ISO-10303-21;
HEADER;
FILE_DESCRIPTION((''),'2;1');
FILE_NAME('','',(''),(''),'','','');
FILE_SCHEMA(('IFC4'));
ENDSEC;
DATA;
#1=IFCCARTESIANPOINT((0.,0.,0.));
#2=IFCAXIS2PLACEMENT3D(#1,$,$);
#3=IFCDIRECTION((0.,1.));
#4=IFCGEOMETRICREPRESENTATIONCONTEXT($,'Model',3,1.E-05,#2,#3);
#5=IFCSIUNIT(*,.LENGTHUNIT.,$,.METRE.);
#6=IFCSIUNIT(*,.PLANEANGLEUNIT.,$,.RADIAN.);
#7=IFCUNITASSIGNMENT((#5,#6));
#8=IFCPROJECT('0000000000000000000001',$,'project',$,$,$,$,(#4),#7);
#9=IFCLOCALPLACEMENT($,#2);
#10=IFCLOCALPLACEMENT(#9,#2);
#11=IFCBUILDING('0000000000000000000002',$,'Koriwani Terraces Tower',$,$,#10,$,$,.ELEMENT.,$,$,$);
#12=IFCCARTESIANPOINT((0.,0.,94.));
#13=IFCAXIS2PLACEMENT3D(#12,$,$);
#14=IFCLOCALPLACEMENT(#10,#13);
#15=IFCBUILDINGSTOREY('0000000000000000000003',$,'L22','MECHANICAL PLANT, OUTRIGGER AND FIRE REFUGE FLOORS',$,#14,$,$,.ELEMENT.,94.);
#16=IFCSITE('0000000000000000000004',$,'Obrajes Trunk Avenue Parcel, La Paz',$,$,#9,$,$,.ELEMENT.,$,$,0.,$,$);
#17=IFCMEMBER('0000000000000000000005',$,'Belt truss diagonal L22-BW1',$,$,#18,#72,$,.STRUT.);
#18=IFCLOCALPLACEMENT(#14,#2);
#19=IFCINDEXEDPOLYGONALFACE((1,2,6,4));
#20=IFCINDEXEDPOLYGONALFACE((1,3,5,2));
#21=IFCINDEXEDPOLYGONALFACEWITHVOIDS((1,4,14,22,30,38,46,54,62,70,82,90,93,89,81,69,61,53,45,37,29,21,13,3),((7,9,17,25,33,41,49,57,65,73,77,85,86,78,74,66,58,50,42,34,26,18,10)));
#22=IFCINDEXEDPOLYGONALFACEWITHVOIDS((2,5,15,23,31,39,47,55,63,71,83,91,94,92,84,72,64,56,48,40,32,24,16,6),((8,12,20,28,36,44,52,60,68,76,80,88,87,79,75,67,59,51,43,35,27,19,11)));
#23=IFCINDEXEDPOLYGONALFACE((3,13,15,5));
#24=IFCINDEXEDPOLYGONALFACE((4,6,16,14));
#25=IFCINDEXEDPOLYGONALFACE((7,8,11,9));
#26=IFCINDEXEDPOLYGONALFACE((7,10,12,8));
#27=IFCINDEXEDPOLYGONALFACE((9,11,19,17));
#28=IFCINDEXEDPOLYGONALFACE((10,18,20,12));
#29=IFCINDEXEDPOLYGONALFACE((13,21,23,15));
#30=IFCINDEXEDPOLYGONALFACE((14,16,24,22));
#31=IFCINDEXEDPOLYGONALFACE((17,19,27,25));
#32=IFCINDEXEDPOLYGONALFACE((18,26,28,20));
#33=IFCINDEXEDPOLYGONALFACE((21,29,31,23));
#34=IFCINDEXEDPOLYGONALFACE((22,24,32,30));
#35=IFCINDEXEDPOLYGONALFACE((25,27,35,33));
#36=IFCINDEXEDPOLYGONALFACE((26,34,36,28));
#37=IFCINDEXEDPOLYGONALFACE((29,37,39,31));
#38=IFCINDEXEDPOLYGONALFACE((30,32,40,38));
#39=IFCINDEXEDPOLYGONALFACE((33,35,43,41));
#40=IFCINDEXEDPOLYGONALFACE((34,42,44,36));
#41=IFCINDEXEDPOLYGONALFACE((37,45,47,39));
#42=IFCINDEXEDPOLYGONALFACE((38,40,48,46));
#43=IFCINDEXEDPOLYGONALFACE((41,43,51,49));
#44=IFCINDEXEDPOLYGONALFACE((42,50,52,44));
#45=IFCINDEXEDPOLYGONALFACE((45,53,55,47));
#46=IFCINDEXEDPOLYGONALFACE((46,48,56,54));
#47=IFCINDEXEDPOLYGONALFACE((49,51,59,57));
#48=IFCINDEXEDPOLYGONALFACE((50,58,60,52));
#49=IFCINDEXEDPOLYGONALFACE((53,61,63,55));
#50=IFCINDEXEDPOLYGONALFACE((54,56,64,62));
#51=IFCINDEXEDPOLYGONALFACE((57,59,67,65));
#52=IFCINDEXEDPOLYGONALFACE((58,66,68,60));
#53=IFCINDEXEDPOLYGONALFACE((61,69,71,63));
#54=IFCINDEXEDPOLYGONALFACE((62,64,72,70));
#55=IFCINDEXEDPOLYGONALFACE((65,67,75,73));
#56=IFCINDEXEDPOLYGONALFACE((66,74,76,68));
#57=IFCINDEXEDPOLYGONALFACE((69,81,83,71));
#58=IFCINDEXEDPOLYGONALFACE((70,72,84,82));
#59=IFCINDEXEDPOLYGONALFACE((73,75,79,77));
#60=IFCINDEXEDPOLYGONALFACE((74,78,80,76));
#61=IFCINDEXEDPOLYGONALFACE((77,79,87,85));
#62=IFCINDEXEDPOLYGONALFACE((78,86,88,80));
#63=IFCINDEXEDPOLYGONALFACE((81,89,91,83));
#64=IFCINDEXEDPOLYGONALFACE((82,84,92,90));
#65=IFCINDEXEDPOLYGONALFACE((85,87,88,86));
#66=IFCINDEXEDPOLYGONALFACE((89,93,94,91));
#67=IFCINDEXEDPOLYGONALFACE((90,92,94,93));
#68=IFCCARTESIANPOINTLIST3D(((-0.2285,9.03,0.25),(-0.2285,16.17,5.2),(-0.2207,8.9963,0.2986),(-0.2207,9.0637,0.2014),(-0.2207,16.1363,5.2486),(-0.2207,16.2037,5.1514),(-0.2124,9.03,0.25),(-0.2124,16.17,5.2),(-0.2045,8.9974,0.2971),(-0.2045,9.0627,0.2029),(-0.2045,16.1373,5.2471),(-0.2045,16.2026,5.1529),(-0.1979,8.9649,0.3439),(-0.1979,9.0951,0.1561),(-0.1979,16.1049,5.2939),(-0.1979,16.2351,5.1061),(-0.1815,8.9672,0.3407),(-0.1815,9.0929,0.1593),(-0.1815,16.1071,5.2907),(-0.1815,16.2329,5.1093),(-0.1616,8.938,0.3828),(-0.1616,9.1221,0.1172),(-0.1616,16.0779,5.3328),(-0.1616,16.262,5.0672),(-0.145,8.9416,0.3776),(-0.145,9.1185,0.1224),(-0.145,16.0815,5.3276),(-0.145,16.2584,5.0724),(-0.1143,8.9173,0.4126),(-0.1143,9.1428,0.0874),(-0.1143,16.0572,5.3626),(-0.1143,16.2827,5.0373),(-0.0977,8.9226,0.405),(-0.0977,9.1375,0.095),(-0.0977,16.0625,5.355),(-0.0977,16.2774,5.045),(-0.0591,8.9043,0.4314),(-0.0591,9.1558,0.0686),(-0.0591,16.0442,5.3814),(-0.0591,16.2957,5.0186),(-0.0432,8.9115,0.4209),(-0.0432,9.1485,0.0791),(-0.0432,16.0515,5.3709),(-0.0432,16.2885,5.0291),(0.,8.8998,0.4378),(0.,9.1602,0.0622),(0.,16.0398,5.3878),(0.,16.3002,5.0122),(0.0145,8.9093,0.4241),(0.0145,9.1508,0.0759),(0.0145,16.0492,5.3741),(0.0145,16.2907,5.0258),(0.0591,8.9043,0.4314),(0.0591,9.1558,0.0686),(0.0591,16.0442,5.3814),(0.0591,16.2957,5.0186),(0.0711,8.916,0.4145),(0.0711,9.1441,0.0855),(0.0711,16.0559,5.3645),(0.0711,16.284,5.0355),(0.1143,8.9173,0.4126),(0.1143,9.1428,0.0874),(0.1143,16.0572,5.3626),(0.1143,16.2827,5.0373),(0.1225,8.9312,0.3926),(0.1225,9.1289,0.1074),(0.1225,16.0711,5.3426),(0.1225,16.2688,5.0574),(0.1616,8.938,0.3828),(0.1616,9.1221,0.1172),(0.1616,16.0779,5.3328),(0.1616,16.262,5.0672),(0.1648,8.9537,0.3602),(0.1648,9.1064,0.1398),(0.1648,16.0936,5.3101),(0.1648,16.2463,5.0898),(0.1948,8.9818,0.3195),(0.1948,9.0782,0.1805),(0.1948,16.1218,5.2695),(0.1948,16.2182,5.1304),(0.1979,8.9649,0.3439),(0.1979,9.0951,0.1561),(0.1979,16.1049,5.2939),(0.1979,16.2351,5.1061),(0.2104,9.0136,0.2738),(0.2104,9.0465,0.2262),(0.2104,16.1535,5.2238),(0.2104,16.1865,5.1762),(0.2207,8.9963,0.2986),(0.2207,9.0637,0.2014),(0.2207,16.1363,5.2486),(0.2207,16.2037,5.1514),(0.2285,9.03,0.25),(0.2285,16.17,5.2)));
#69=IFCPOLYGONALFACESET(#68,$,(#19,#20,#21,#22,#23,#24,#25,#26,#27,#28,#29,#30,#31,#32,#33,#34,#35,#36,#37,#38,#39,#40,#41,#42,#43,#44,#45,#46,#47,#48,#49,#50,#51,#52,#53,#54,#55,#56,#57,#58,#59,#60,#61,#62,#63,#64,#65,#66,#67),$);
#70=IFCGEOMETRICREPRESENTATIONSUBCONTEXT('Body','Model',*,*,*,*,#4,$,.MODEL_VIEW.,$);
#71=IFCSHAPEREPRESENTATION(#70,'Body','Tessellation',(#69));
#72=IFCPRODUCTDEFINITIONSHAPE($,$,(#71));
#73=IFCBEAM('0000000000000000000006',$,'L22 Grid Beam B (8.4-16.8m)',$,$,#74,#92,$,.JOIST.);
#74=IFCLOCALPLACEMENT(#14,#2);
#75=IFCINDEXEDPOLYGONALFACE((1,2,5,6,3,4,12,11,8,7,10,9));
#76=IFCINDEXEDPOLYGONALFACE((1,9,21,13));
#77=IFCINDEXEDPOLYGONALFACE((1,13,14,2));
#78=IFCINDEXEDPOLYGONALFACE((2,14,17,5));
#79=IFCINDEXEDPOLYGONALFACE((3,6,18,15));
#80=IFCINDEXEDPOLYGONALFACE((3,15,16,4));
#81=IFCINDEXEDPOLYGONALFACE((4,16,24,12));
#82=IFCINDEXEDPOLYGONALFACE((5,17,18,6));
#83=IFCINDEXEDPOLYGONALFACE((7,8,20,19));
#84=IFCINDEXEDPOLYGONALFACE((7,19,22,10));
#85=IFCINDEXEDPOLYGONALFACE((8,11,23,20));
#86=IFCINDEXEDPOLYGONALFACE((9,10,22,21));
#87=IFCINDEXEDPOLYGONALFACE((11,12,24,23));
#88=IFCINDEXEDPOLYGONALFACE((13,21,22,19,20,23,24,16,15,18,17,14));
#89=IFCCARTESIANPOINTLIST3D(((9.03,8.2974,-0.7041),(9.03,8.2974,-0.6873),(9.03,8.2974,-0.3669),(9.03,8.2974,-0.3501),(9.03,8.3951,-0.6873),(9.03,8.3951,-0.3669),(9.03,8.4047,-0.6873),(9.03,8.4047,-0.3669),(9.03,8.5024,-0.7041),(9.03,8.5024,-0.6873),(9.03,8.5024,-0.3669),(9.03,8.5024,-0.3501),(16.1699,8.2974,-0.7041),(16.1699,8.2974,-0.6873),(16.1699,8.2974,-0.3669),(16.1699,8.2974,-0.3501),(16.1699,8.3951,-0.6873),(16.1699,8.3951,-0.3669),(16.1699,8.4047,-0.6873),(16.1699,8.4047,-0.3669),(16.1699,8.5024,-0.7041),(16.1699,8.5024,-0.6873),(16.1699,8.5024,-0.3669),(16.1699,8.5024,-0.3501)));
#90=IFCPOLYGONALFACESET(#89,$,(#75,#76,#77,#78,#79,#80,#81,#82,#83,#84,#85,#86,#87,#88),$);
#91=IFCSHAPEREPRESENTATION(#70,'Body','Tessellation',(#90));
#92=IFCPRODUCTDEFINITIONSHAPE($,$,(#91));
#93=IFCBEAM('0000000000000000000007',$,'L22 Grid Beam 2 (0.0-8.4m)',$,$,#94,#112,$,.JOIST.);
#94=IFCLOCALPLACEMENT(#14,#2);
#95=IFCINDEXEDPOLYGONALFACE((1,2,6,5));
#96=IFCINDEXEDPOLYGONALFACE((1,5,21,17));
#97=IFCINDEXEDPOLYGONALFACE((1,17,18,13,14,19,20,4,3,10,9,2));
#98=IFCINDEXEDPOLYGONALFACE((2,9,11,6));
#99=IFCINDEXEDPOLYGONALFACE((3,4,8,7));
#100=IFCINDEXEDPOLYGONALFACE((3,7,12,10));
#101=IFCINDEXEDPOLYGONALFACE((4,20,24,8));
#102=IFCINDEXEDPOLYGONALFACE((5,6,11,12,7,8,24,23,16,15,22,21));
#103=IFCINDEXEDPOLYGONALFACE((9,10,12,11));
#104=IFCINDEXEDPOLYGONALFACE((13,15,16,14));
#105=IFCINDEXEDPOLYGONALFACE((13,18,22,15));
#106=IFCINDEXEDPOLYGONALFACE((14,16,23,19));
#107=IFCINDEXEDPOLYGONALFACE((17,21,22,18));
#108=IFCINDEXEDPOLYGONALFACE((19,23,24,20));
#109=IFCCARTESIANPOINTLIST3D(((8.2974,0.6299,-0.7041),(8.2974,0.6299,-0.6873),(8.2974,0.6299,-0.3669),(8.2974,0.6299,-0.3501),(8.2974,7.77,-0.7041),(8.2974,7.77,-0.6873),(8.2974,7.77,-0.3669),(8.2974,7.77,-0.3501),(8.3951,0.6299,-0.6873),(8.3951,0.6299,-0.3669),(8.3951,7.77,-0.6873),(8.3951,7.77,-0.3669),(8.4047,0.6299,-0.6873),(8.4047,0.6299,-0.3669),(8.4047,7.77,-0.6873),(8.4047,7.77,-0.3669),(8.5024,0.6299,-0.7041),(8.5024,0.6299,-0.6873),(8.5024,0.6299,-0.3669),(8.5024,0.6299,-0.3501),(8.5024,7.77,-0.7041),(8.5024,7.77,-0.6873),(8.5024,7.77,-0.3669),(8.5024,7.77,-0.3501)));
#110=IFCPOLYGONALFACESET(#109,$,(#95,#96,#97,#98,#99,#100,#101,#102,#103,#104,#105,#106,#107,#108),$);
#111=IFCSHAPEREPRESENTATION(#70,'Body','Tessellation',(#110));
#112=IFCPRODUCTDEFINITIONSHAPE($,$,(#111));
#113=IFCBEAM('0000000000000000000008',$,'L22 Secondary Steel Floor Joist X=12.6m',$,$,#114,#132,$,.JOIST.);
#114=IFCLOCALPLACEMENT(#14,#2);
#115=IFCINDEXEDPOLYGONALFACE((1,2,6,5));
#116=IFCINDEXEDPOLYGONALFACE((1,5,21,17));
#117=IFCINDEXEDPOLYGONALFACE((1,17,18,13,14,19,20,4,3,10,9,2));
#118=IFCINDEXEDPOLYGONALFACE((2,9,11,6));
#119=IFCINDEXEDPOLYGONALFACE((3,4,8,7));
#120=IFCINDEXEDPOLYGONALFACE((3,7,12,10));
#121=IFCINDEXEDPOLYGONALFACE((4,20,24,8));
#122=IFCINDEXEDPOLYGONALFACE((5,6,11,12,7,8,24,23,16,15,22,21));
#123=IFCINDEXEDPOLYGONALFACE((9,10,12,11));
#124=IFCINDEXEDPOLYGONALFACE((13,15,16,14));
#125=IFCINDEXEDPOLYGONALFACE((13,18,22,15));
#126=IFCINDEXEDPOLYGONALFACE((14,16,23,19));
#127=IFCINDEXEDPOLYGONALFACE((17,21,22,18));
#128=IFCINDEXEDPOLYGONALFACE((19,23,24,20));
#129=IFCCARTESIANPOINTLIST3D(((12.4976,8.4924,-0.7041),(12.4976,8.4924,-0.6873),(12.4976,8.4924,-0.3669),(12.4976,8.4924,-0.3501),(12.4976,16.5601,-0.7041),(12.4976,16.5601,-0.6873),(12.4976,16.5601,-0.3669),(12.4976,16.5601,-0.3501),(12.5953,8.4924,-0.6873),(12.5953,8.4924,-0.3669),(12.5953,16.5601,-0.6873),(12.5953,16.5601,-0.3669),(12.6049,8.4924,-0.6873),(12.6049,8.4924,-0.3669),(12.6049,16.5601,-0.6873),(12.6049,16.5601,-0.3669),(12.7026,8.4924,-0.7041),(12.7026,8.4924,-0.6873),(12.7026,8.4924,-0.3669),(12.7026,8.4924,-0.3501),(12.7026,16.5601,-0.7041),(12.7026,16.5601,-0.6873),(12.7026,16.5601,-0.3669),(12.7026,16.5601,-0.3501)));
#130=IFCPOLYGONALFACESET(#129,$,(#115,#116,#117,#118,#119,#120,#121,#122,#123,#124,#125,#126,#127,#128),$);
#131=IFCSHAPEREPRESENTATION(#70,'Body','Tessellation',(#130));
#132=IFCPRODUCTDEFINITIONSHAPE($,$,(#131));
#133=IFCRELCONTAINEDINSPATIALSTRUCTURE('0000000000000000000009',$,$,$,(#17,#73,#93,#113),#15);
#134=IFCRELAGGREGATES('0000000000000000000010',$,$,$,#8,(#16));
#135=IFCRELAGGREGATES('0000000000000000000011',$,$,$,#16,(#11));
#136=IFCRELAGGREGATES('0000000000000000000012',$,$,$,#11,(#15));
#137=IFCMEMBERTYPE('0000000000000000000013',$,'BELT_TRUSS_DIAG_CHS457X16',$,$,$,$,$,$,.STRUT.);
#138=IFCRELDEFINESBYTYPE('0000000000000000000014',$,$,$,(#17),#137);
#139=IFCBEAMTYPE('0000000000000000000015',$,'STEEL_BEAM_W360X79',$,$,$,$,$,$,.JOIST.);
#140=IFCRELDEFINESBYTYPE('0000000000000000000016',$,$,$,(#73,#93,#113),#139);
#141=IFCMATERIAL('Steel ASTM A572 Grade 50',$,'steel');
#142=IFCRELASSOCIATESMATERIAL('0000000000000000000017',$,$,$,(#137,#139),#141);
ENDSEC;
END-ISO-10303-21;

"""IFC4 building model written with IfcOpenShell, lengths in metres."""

from ifc_helpers import new_model, si_unit, direction, frame, origin, origin_2d, place, context, subcontext, project, spatial, hollow_circle, i_section, extrude, material, material_profile, profile_set, type_object, element, save


model = new_model("IFC4")

# Units and contexts
model_context = context("Model", 3, precision=1e-05, world=origin(), true_north=direction((0.0, 1.0)))
body_context = subcontext(model_context, "Body", "Model", "MODEL_VIEW")
ifc_project = project(units=[si_unit("LENGTHUNIT", "METRE"), si_unit("PLANEANGLEUNIT", "RADIAN")], contexts=[model_context])

# Site, building, storey
site_placement = place(None, origin())
site = spatial("IfcSite", under=ifc_project, at=site_placement, Name="Obrajes Trunk Avenue Parcel, La Paz", CompositionType="ELEMENT", RefElevation=0.0)
building_placement = place(site_placement, origin())
building = spatial("IfcBuilding", under=site, at=building_placement, Name="Koriwani Terraces Tower", CompositionType="ELEMENT")
storey_placement = place(building_placement, frame((0.0, 0.0, 94.0)))
storey = spatial("IfcBuildingStorey", under=building, at=storey_placement, Name="L22", Description="MECHANICAL PLANT, OUTRIGGER AND FIRE REFUGE FLOORS", CompositionType="ELEMENT", Elevation=94.0)

# Member
ifc_material_1 = material(Name="Steel ASTM A572 Grade 50", Category="steel")
ifc_material_profile_1 = material_profile(ifc_material_1, hollow_circle(Radius=0.2285, WallThickness=0.0161, at=origin_2d()), Name="Steel ASTM A572 Grade 50", Category="LoadBearing")
ifc_profile_set_1 = profile_set([ifc_material_profile_1], Name="Steel ASTM A572 Grade 50")
member_type = type_object("IfcMemberType", Name="BELT_TRUSS_DIAG_CHS457X16", PredefinedType="STRUT", material=ifc_profile_set_1)
for number, where, z_axis, x_axis, name in (
    (1, (0.0, 9.03, 0.25), (0.0, 0.821818, 0.569751), (-1.0, 0.0, 0.0), "Belt truss diagonal L22-BW1"),
):
    element("IfcMember", number, at=place(storey_placement, frame(where, z_axis=z_axis, x_axis=x_axis)), inside=storey, type_object=member_type, Name=name, PredefinedType="STRUT", context=body_context, shape_type="SweptSolid", body=[
        extrude(hollow_circle(Radius=0.2285, WallThickness=0.0161, at=origin_2d()), origin(), (0.0, 0.0, 1.0), 8.688),
    ])

# Beams
ifc_material_profile_2 = material_profile(ifc_material_1, i_section(OverallWidth=0.2051, OverallDepth=0.354, WebThickness=0.0095, FlangeThickness=0.0168, at=origin_2d()), Name="Steel ASTM A572 Grade 50", Category="LoadBearing")
ifc_profile_set_2 = profile_set([ifc_material_profile_2], Name="Steel ASTM A572 Grade 50")
beam_type_1 = type_object("IfcBeamType", Name="STEEL_BEAM_W360X79", PredefinedType="JOIST", material=ifc_profile_set_2)
beam_1_placement = place(storey_placement, frame((9.03, 8.3999, -0.5271), z_axis=(1.0, 0.0, 0.0), x_axis=(0.0, 1.0, 0.0)))
element("IfcBeam", 2, at=beam_1_placement, inside=storey, type_object=beam_type_1, Name="L22 Grid Beam B (8.4-16.8m)", PredefinedType="JOIST", context=body_context, shape_type="SweptSolid", body=[
    extrude(i_section(OverallWidth=0.2051, OverallDepth=0.354, WebThickness=0.0095, FlangeThickness=0.0168, at=origin_2d()), origin(), (0.0, 0.0, 1.0), 7.1399),
])
beam_2_placement = place(storey_placement, frame((8.3999, 0.6299, -0.5271), z_axis=(0.0, 1.0, 0.0), x_axis=(-1.0, 0.0, 0.0)))
element("IfcBeam", 3, at=beam_2_placement, inside=storey, type_object=beam_type_1, Name="L22 Grid Beam 2 (0.0-8.4m)", PredefinedType="JOIST", context=body_context, shape_type="SweptSolid", body=[
    extrude(i_section(OverallWidth=0.2051, OverallDepth=0.354, WebThickness=0.0095, FlangeThickness=0.0168, at=origin_2d()), origin(), (0.0, 0.0, 1.0), 7.1401),
])
beam_3_placement = place(storey_placement, frame((12.6001, 8.4924, -0.5271), z_axis=(0.0, 1.0, 0.0), x_axis=(-1.0, 0.0, 0.0)))
element("IfcBeam", 4, at=beam_3_placement, inside=storey, type_object=beam_type_1, Name="L22 Secondary Steel Floor Joist X=12.6m", PredefinedType="JOIST", context=body_context, shape_type="SweptSolid", body=[
    extrude(i_section(OverallWidth=0.2051, OverallDepth=0.354, WebThickness=0.0095, FlangeThickness=0.0168, at=origin_2d()), origin(), (0.0, 0.0, 1.0), 8.0676),
])

save(model, "model.ifc")
